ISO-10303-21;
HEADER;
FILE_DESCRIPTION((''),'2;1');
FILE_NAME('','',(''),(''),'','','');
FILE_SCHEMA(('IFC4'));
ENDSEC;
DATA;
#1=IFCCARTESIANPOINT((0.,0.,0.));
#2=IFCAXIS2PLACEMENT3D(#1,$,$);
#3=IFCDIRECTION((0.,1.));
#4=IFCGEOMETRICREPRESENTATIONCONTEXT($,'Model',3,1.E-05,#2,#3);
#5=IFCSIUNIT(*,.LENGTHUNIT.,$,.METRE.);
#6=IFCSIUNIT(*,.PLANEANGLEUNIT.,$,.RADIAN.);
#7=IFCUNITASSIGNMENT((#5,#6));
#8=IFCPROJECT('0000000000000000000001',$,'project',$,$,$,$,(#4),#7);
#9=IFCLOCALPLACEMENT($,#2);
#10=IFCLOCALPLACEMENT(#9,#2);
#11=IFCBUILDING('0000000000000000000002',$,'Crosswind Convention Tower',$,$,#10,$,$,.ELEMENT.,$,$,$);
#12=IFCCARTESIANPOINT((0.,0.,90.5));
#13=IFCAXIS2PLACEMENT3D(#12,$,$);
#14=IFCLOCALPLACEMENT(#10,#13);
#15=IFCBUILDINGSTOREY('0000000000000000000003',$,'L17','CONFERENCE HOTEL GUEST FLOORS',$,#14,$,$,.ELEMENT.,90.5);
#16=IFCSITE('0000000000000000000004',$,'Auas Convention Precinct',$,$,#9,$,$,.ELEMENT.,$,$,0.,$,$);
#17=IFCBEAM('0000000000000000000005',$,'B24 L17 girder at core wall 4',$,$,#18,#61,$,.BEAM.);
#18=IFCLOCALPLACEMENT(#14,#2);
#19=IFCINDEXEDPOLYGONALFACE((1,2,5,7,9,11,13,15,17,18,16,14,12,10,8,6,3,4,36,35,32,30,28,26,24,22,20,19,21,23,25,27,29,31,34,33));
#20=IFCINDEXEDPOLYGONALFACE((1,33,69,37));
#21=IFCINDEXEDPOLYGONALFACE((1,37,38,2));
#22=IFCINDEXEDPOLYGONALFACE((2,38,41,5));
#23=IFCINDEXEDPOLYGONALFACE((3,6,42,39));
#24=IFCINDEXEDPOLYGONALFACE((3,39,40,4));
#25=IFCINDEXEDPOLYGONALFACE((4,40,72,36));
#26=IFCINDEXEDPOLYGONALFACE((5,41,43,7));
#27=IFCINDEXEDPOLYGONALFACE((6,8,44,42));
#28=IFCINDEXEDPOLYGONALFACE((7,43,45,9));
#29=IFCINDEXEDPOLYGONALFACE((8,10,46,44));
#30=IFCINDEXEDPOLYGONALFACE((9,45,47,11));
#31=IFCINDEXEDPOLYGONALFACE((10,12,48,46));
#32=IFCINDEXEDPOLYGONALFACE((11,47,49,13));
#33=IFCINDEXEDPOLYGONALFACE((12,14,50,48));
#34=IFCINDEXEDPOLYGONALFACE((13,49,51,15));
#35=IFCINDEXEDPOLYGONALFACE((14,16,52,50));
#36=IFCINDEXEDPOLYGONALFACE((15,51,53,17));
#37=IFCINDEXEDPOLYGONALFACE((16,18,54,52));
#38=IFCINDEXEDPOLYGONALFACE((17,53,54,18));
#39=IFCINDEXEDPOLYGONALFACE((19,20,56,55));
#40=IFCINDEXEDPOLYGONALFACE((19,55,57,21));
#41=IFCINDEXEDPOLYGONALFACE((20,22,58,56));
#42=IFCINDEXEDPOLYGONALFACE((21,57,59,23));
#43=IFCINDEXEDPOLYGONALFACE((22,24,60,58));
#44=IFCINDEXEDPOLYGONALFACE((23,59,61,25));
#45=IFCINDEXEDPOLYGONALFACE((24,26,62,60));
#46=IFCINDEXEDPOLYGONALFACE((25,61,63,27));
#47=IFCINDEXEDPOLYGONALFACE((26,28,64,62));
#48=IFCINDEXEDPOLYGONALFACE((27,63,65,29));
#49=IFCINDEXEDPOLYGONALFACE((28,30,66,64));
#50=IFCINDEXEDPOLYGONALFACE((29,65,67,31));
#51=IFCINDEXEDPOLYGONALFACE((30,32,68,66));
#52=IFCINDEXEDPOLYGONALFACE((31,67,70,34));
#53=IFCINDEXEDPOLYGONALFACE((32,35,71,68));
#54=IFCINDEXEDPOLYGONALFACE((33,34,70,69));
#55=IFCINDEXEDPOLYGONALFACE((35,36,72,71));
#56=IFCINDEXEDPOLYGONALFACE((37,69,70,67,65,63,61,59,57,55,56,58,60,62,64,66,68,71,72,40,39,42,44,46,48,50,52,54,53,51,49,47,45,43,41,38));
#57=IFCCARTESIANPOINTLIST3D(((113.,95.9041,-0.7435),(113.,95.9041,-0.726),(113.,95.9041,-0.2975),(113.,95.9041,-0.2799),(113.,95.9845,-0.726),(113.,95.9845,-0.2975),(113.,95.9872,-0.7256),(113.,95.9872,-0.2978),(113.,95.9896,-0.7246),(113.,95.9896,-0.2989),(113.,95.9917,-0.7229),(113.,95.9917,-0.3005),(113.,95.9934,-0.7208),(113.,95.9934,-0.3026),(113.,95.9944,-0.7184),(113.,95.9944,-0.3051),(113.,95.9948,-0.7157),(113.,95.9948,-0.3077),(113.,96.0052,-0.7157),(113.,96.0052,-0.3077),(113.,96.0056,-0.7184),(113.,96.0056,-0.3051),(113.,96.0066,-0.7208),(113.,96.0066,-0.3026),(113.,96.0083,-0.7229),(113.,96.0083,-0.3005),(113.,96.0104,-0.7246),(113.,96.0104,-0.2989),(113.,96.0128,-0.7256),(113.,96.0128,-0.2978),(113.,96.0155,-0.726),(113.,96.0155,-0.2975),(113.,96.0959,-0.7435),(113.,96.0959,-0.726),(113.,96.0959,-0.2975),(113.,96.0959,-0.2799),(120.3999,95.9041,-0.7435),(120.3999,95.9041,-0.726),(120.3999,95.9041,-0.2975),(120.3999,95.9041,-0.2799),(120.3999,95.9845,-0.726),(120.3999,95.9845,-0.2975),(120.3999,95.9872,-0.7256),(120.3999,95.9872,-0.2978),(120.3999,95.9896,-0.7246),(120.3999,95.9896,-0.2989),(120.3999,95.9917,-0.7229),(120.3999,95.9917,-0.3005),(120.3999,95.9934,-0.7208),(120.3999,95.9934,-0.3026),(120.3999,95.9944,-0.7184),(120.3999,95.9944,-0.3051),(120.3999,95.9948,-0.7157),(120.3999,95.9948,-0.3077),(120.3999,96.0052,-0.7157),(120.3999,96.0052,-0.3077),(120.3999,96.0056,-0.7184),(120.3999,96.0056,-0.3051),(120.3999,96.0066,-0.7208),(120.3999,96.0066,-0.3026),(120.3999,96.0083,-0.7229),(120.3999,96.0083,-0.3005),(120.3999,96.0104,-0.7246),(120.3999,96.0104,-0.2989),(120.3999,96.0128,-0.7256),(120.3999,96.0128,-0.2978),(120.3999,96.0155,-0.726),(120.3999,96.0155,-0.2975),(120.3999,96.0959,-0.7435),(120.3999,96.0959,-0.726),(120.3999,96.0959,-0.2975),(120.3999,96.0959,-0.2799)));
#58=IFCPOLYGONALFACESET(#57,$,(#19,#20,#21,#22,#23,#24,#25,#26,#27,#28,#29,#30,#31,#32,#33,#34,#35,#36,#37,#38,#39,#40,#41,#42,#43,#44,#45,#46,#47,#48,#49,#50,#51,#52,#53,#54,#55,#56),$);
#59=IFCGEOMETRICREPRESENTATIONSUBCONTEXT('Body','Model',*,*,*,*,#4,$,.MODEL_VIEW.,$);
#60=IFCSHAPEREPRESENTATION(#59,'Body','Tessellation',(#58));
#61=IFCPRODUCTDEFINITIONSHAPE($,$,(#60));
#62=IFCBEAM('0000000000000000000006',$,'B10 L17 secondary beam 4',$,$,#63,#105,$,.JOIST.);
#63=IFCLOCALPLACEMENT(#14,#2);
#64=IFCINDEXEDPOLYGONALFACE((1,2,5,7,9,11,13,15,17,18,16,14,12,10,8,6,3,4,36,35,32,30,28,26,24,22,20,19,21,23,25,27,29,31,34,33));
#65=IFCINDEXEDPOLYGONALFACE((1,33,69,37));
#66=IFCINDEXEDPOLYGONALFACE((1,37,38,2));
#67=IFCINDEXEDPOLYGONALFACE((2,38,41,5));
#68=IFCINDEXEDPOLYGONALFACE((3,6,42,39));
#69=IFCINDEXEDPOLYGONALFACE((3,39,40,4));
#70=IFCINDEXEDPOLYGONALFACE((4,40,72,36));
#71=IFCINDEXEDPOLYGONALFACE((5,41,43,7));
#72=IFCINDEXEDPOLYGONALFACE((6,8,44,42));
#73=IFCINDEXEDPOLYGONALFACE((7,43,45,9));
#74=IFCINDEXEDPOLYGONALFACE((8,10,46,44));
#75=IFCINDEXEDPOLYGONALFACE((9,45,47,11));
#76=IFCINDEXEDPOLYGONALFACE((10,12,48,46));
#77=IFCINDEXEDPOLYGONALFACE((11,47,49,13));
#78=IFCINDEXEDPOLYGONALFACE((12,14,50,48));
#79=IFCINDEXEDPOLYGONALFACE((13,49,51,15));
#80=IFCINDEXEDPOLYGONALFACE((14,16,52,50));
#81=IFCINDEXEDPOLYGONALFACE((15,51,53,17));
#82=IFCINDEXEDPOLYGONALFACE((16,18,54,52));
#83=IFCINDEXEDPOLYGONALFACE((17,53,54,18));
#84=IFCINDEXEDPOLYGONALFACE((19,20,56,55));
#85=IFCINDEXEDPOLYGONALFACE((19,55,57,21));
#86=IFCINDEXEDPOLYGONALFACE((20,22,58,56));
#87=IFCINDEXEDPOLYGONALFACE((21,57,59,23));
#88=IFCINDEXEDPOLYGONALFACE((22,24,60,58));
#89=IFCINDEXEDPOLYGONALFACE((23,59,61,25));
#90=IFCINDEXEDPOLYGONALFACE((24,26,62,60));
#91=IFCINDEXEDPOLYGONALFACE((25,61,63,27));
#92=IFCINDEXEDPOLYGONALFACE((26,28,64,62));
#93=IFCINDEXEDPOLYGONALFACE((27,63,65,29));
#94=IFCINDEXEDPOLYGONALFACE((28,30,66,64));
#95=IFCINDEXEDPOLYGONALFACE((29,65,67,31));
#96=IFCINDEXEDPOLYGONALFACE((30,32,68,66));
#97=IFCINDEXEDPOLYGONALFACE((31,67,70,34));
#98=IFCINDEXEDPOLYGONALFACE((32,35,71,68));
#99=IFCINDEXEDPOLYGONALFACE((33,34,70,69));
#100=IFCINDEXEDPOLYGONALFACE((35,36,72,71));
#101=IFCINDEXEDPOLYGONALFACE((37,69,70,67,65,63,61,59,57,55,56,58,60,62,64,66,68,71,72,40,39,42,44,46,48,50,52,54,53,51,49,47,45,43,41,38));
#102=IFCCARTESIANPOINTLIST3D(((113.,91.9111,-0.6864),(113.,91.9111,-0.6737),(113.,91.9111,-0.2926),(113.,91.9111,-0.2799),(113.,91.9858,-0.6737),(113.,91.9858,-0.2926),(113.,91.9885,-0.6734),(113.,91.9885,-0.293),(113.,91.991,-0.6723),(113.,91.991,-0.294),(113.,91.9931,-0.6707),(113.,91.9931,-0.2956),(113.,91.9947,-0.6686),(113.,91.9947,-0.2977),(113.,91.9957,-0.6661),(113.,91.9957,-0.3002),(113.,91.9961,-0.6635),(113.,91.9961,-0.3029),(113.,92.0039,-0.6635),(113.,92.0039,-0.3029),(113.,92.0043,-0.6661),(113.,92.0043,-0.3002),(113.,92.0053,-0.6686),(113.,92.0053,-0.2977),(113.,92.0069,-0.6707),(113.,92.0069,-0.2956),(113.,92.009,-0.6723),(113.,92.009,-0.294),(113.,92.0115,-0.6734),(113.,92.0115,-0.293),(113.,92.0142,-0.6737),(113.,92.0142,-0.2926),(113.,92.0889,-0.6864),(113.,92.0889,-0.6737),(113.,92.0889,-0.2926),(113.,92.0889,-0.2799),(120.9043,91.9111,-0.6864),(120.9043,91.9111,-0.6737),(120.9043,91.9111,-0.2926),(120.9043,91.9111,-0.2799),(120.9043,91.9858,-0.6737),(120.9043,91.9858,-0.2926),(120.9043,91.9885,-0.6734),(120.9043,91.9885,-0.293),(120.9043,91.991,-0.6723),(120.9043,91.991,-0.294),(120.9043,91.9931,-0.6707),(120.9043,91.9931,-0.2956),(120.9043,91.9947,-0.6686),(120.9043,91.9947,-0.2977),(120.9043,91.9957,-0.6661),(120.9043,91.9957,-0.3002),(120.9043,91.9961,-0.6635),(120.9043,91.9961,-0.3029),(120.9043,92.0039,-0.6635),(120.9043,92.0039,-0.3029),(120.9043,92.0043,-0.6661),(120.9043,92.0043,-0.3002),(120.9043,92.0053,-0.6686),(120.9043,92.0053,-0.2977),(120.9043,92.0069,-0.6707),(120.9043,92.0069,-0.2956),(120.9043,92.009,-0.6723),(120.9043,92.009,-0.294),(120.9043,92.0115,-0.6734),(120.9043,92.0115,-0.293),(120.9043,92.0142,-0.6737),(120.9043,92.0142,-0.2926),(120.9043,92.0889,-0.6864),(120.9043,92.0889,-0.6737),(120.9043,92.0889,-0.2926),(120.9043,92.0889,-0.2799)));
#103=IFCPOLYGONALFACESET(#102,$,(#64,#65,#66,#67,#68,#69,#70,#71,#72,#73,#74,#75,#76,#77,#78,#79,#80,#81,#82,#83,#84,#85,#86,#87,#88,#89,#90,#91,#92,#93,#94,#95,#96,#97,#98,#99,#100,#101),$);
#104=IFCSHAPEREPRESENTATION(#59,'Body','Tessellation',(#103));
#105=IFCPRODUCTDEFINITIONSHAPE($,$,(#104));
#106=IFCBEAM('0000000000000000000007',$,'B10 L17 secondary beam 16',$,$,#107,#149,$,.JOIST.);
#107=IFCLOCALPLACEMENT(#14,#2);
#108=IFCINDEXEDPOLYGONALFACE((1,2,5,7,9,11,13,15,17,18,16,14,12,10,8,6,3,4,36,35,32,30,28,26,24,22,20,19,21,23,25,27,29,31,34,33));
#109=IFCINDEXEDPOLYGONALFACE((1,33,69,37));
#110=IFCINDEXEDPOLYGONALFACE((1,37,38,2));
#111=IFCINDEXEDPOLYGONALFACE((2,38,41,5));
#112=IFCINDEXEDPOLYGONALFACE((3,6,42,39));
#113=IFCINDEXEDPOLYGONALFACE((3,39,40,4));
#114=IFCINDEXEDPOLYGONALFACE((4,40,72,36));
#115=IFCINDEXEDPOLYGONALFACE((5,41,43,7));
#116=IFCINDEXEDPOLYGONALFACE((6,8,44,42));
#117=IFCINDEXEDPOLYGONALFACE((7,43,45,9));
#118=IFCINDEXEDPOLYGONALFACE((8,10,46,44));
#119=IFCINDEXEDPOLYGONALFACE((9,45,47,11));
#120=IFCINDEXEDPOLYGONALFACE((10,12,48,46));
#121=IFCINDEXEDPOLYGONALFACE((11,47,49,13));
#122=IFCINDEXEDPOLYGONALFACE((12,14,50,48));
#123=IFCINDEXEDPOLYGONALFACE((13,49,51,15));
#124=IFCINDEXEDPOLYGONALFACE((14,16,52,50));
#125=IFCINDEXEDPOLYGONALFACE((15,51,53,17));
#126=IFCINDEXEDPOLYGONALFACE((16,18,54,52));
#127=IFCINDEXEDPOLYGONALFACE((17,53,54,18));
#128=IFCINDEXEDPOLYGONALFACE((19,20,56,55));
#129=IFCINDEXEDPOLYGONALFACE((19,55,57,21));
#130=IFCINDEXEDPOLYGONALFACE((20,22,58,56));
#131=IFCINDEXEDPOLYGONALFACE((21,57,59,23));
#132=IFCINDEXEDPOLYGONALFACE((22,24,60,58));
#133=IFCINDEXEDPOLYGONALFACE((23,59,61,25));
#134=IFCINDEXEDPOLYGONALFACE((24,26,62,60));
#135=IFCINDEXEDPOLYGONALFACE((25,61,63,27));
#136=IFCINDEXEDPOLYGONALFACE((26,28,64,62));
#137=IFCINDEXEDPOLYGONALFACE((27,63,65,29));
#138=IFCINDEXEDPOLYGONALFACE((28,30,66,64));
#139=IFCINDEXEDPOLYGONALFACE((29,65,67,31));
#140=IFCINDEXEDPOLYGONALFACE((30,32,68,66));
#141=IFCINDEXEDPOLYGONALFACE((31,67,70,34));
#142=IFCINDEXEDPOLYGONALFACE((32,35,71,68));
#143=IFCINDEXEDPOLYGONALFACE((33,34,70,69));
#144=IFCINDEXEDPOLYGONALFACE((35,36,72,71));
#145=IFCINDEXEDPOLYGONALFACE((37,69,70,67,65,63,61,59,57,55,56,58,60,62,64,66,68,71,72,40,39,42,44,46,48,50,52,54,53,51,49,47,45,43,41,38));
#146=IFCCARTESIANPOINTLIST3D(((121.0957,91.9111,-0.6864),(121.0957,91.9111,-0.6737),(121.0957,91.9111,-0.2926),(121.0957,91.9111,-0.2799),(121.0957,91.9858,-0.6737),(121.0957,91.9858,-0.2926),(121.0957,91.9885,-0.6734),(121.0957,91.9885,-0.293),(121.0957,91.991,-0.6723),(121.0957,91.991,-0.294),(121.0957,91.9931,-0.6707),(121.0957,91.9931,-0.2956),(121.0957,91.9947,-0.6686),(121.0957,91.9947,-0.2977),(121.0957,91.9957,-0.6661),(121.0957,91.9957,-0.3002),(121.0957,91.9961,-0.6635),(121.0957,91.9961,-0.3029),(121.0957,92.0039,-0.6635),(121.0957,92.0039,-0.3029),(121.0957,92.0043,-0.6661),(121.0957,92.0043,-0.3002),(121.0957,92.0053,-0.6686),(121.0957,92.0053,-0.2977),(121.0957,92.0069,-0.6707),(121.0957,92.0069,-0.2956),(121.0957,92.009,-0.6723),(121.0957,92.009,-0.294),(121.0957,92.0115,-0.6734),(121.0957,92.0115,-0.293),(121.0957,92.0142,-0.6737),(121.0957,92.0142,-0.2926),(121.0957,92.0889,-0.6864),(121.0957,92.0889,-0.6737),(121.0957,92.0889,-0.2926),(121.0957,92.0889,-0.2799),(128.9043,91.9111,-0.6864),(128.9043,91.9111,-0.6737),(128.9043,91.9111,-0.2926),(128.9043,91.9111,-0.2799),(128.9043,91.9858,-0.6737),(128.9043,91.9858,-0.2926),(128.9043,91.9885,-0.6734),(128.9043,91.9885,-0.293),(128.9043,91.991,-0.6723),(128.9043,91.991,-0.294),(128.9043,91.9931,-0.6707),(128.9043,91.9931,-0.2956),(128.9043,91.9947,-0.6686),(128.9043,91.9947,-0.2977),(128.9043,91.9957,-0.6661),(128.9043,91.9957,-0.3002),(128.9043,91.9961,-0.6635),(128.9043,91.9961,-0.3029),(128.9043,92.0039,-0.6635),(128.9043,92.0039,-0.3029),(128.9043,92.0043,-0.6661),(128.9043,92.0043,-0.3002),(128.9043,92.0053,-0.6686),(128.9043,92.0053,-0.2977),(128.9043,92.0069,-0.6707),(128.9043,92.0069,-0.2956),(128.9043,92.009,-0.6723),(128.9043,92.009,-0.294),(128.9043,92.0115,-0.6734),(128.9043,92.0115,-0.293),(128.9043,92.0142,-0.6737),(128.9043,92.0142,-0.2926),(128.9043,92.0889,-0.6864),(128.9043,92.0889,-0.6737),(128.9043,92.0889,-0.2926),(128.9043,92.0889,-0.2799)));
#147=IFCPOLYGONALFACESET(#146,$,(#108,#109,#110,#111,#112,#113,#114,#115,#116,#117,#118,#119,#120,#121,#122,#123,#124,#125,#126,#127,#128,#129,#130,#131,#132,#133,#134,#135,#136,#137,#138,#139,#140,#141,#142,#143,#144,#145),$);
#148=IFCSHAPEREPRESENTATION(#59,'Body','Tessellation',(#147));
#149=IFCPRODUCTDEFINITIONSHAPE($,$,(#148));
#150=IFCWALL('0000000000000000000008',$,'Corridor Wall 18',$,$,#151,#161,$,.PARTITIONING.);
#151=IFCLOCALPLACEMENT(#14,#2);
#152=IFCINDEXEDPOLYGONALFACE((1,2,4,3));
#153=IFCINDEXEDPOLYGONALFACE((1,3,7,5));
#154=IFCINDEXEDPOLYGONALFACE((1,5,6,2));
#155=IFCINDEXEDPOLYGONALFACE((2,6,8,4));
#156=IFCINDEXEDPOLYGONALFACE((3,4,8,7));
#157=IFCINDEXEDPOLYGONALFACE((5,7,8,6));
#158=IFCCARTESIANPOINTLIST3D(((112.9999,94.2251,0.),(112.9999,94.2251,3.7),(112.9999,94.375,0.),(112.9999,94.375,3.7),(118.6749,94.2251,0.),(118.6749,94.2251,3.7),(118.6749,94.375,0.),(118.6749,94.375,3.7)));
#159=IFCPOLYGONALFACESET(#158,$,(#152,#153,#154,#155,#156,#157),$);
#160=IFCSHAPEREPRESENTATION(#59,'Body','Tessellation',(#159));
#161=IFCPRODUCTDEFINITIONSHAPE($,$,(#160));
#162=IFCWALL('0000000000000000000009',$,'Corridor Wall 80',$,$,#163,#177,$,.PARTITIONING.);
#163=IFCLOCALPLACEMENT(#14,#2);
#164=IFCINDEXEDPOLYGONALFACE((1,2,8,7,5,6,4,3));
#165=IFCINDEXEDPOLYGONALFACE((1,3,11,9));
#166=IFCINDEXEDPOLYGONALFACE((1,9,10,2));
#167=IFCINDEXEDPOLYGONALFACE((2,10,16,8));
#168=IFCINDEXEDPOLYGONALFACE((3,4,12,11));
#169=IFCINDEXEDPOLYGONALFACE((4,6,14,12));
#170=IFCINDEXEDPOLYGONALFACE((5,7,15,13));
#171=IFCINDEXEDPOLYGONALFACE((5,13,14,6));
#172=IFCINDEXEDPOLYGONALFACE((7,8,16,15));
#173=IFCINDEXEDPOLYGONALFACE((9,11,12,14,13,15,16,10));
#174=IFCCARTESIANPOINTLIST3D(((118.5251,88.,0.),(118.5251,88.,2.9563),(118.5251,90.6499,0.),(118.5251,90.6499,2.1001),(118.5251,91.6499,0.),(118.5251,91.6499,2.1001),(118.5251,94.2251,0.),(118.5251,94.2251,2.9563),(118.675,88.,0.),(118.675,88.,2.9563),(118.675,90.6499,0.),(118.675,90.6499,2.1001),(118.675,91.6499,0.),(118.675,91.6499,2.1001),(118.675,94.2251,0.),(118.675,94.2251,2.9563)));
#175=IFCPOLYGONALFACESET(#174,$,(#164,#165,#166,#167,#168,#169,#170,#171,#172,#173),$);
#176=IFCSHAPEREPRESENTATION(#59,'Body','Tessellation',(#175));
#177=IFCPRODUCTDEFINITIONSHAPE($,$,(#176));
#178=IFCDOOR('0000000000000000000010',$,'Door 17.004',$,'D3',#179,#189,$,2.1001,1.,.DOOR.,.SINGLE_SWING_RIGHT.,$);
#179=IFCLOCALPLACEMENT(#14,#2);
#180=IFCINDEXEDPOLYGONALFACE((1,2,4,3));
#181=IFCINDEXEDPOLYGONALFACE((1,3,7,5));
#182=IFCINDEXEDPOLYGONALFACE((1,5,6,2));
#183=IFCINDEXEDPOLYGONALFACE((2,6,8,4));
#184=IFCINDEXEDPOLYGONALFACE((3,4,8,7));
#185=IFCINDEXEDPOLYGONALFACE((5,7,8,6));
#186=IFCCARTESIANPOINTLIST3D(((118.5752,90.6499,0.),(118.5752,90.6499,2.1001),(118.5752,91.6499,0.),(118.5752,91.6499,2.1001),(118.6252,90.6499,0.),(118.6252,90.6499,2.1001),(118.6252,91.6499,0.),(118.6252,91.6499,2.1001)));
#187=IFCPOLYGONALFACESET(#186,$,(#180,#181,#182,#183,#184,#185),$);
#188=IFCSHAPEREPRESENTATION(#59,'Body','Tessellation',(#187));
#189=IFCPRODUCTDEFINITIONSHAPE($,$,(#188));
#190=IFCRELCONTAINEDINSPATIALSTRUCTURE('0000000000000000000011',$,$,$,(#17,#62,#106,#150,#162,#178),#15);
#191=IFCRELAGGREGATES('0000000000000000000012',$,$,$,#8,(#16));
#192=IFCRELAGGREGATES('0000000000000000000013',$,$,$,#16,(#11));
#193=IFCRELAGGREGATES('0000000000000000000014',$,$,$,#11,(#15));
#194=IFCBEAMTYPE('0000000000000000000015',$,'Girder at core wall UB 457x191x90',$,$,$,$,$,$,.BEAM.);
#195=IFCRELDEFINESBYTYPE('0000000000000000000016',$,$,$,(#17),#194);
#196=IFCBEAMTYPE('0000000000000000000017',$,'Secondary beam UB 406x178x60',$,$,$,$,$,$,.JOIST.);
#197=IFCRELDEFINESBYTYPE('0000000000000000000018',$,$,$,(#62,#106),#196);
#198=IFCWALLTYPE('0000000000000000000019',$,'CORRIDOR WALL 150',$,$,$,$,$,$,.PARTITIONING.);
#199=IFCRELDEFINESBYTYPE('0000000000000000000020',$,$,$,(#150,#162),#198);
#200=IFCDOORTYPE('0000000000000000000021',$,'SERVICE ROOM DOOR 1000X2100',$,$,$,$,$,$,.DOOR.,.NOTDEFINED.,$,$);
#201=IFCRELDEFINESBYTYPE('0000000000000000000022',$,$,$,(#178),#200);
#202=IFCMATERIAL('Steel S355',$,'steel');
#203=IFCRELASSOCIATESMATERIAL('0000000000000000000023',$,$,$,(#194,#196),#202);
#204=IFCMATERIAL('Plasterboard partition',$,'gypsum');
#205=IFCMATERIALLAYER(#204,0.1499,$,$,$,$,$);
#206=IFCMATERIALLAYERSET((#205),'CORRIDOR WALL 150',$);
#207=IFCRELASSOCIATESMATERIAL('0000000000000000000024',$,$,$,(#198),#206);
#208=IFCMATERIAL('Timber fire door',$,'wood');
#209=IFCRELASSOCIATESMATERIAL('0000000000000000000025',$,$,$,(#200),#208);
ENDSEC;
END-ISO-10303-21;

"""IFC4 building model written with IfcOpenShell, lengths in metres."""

from ifc_helpers import new_model, si_unit, direction, frame, frame_2d, origin, origin_2d, place, context, subcontext, project, spatial, rectangle, i_section, extrude, material, layer, layer_set, material_profile, profile_set, type_object, element, fill, save


model = new_model("IFC4")

# Units and contexts
model_context = context("Model", 3, precision=1e-05, world=origin(), true_north=direction((0.0, 1.0)))
body_context = subcontext(model_context, "Body", "Model", "MODEL_VIEW")
ifc_project = project(units=[si_unit("LENGTHUNIT", "METRE"), si_unit("PLANEANGLEUNIT", "RADIAN")], contexts=[model_context])

# Site, building, storey
site_placement = place(None, origin())
site = spatial("IfcSite", under=ifc_project, at=site_placement, Name="Auas Convention Precinct", CompositionType="ELEMENT", RefElevation=0.0)
building_placement = place(site_placement, origin())
building = spatial("IfcBuilding", under=site, at=building_placement, Name="Crosswind Convention Tower", CompositionType="ELEMENT")
storey_placement = place(building_placement, frame((0.0, 0.0, 90.5)))
storey = spatial("IfcBuildingStorey", under=building, at=storey_placement, Name="L17", Description="CONFERENCE HOTEL GUEST FLOORS", CompositionType="ELEMENT", Elevation=90.5)

# Beams
ifc_material_1 = material(Name="Steel S355", Category="steel")
ifc_material_profile_1 = material_profile(ifc_material_1, i_section(OverallWidth=0.1919, OverallDepth=0.4636, WebThickness=0.0105, FlangeThickness=0.0176, FilletRadius=0.0103, at=origin_2d()), Name="UB 457x191x90")
ifc_profile_set_1 = profile_set([ifc_material_profile_1], Name="Steel S355")
beam_type_1 = type_object("IfcBeamType", Name="Girder at core wall UB 457x191x90", PredefinedType="BEAM", material=ifc_profile_set_1)
for number, where, z_axis, x_axis, name in (
    (1, (113.0, 96.0, -0.5117), (1.0, 0.0, 0.0), (0.0, 1.0, 0.0), "B24 L17 girder at core wall 4"),
):
    element("IfcBeam", number, at=place(storey_placement, frame(where, z_axis=z_axis, x_axis=x_axis)), inside=storey, type_object=beam_type_1, Name=name, PredefinedType="BEAM", context=body_context, shape_type="SweptSolid", body=[
        extrude(i_section(OverallWidth=0.1919, OverallDepth=0.4636, WebThickness=0.0105, FlangeThickness=0.0176, FilletRadius=0.0103, at=origin_2d()), origin(), (0.0, 0.0, 1.0), 7.3999),
    ])
ifc_material_profile_2 = material_profile(ifc_material_1, i_section(OverallWidth=0.1777, OverallDepth=0.4065, WebThickness=0.0078, FlangeThickness=0.0127, FilletRadius=0.0103, at=origin_2d()), Name="UB 406x178x60")
ifc_profile_set_2 = profile_set([ifc_material_profile_2], Name="Steel S355")
beam_type_2 = type_object("IfcBeamType", Name="Secondary beam UB 406x178x60", PredefinedType="JOIST", material=ifc_profile_set_2)
beam_1_placement = place(storey_placement, frame((113.0, 92.0, -0.4832), z_axis=(1.0, 0.0, 0.0), x_axis=(0.0, 1.0, 0.0)))
element("IfcBeam", 2, at=beam_1_placement, inside=storey, type_object=beam_type_2, Name="B10 L17 secondary beam 4", PredefinedType="JOIST", context=body_context, shape_type="SweptSolid", body=[
    extrude(i_section(OverallWidth=0.1777, OverallDepth=0.4065, WebThickness=0.0078, FlangeThickness=0.0127, FilletRadius=0.0103, at=origin_2d()), origin(), (0.0, 0.0, 1.0), 7.9043),
])
beam_2_placement = place(storey_placement, frame((121.0957, 92.0, -0.4832), z_axis=(1.0, 0.0, 0.0), x_axis=(0.0, 1.0, 0.0)))
element("IfcBeam", 3, at=beam_2_placement, inside=storey, type_object=beam_type_2, Name="B10 L17 secondary beam 16", PredefinedType="JOIST", context=body_context, shape_type="SweptSolid", body=[
    extrude(i_section(OverallWidth=0.1777, OverallDepth=0.4065, WebThickness=0.0078, FlangeThickness=0.0127, FilletRadius=0.0103, at=origin_2d()), origin(), (0.0, 0.0, 1.0), 7.8086),
])

# Wall
ifc_material_2 = material(Name="Plasterboard partition", Category="gypsum")
ifc_layer_1 = layer(ifc_material_2, 0.1499)
ifc_layer_set_1 = layer_set([ifc_layer_1], Name="CORRIDOR WALL 150")
wall_type_1 = type_object("IfcWallType", Name="CORRIDOR WALL 150", PredefinedType="PARTITIONING", material=ifc_layer_set_1)
wall_1_placement = place(storey_placement, frame((113.0, 94.3, 0.0), z_axis=(0.0, 0.0, 1.0), x_axis=(1.0, 0.0, 0.0)))
element("IfcWall", 4, at=wall_1_placement, inside=storey, type_object=wall_type_1, Name="Corridor Wall 18", PredefinedType="PARTITIONING", context=body_context, shape_type="SweptSolid", body=[
    extrude(rectangle(XDim=5.675, YDim=0.1499, at=frame_2d((2.8374, 0.0))), origin(), (0.0, 0.0, 1.0), 3.7),
])

# Wall, opening, door
wall_2_placement = place(storey_placement, frame((118.6001, 88.0, 0.0), z_axis=(0.0, 0.0, 1.0), x_axis=(0.0, 1.0, 0.0)))
wall_2 = element("IfcWall", 5, at=wall_2_placement, inside=storey, type_object=wall_type_1, Name="Corridor Wall 80", PredefinedType="PARTITIONING", context=body_context, shape_type="SweptSolid", body=[
    extrude(rectangle(XDim=6.2251, YDim=0.1499, at=frame_2d((3.1125, 0.0))), origin(), (0.0, 0.0, 1.0), 2.9563),
])
opening_1_placement = place(wall_2_placement, frame((2.6499, 0.0, 0.0)))
opening_1 = element("IfcOpeningElement", 6, at=opening_1_placement, cuts=wall_2, PredefinedType="OPENING", context=body_context, shape_type="SweptSolid", body=[
    extrude(rectangle(XDim=1.0, YDim=2.1001, at=frame_2d((0.5, 1.05))), frame((0.0, 0.085, 0.0), z_axis=(0.0, -1.0, 0.0), x_axis=(1.0, 0.0, 0.0)), (0.0, 0.0, 1.0), 0.1699),
])
ifc_material_3 = material(Name="Timber fire door", Category="wood")
door_type_1 = type_object("IfcDoorType", Name="SERVICE ROOM DOOR 1000X2100", OperationType="NOTDEFINED", PredefinedType="DOOR", material=ifc_material_3)
door_1_placement = place(opening_1_placement, origin())
door_1 = element("IfcDoor", 7, at=door_1_placement, inside=storey, type_object=door_type_1, Name="Door 17.004", ObjectType="D3", OperationType="SINGLE_SWING_RIGHT", OverallHeight=2.1001, OverallWidth=1.0, PredefinedType="DOOR", context=body_context, shape_type="SweptSolid", body=[
    extrude(rectangle(XDim=1.0, YDim=2.1001, at=frame_2d((0.5, 1.05))), frame((0.0, 0.0249, 0.0), z_axis=(0.0, -1.0, 0.0), x_axis=(1.0, 0.0, 0.0)), (0.0, 0.0, 1.0), 0.05),
])
fill(opening_1, door_1)

save(model, "model.ifc")
